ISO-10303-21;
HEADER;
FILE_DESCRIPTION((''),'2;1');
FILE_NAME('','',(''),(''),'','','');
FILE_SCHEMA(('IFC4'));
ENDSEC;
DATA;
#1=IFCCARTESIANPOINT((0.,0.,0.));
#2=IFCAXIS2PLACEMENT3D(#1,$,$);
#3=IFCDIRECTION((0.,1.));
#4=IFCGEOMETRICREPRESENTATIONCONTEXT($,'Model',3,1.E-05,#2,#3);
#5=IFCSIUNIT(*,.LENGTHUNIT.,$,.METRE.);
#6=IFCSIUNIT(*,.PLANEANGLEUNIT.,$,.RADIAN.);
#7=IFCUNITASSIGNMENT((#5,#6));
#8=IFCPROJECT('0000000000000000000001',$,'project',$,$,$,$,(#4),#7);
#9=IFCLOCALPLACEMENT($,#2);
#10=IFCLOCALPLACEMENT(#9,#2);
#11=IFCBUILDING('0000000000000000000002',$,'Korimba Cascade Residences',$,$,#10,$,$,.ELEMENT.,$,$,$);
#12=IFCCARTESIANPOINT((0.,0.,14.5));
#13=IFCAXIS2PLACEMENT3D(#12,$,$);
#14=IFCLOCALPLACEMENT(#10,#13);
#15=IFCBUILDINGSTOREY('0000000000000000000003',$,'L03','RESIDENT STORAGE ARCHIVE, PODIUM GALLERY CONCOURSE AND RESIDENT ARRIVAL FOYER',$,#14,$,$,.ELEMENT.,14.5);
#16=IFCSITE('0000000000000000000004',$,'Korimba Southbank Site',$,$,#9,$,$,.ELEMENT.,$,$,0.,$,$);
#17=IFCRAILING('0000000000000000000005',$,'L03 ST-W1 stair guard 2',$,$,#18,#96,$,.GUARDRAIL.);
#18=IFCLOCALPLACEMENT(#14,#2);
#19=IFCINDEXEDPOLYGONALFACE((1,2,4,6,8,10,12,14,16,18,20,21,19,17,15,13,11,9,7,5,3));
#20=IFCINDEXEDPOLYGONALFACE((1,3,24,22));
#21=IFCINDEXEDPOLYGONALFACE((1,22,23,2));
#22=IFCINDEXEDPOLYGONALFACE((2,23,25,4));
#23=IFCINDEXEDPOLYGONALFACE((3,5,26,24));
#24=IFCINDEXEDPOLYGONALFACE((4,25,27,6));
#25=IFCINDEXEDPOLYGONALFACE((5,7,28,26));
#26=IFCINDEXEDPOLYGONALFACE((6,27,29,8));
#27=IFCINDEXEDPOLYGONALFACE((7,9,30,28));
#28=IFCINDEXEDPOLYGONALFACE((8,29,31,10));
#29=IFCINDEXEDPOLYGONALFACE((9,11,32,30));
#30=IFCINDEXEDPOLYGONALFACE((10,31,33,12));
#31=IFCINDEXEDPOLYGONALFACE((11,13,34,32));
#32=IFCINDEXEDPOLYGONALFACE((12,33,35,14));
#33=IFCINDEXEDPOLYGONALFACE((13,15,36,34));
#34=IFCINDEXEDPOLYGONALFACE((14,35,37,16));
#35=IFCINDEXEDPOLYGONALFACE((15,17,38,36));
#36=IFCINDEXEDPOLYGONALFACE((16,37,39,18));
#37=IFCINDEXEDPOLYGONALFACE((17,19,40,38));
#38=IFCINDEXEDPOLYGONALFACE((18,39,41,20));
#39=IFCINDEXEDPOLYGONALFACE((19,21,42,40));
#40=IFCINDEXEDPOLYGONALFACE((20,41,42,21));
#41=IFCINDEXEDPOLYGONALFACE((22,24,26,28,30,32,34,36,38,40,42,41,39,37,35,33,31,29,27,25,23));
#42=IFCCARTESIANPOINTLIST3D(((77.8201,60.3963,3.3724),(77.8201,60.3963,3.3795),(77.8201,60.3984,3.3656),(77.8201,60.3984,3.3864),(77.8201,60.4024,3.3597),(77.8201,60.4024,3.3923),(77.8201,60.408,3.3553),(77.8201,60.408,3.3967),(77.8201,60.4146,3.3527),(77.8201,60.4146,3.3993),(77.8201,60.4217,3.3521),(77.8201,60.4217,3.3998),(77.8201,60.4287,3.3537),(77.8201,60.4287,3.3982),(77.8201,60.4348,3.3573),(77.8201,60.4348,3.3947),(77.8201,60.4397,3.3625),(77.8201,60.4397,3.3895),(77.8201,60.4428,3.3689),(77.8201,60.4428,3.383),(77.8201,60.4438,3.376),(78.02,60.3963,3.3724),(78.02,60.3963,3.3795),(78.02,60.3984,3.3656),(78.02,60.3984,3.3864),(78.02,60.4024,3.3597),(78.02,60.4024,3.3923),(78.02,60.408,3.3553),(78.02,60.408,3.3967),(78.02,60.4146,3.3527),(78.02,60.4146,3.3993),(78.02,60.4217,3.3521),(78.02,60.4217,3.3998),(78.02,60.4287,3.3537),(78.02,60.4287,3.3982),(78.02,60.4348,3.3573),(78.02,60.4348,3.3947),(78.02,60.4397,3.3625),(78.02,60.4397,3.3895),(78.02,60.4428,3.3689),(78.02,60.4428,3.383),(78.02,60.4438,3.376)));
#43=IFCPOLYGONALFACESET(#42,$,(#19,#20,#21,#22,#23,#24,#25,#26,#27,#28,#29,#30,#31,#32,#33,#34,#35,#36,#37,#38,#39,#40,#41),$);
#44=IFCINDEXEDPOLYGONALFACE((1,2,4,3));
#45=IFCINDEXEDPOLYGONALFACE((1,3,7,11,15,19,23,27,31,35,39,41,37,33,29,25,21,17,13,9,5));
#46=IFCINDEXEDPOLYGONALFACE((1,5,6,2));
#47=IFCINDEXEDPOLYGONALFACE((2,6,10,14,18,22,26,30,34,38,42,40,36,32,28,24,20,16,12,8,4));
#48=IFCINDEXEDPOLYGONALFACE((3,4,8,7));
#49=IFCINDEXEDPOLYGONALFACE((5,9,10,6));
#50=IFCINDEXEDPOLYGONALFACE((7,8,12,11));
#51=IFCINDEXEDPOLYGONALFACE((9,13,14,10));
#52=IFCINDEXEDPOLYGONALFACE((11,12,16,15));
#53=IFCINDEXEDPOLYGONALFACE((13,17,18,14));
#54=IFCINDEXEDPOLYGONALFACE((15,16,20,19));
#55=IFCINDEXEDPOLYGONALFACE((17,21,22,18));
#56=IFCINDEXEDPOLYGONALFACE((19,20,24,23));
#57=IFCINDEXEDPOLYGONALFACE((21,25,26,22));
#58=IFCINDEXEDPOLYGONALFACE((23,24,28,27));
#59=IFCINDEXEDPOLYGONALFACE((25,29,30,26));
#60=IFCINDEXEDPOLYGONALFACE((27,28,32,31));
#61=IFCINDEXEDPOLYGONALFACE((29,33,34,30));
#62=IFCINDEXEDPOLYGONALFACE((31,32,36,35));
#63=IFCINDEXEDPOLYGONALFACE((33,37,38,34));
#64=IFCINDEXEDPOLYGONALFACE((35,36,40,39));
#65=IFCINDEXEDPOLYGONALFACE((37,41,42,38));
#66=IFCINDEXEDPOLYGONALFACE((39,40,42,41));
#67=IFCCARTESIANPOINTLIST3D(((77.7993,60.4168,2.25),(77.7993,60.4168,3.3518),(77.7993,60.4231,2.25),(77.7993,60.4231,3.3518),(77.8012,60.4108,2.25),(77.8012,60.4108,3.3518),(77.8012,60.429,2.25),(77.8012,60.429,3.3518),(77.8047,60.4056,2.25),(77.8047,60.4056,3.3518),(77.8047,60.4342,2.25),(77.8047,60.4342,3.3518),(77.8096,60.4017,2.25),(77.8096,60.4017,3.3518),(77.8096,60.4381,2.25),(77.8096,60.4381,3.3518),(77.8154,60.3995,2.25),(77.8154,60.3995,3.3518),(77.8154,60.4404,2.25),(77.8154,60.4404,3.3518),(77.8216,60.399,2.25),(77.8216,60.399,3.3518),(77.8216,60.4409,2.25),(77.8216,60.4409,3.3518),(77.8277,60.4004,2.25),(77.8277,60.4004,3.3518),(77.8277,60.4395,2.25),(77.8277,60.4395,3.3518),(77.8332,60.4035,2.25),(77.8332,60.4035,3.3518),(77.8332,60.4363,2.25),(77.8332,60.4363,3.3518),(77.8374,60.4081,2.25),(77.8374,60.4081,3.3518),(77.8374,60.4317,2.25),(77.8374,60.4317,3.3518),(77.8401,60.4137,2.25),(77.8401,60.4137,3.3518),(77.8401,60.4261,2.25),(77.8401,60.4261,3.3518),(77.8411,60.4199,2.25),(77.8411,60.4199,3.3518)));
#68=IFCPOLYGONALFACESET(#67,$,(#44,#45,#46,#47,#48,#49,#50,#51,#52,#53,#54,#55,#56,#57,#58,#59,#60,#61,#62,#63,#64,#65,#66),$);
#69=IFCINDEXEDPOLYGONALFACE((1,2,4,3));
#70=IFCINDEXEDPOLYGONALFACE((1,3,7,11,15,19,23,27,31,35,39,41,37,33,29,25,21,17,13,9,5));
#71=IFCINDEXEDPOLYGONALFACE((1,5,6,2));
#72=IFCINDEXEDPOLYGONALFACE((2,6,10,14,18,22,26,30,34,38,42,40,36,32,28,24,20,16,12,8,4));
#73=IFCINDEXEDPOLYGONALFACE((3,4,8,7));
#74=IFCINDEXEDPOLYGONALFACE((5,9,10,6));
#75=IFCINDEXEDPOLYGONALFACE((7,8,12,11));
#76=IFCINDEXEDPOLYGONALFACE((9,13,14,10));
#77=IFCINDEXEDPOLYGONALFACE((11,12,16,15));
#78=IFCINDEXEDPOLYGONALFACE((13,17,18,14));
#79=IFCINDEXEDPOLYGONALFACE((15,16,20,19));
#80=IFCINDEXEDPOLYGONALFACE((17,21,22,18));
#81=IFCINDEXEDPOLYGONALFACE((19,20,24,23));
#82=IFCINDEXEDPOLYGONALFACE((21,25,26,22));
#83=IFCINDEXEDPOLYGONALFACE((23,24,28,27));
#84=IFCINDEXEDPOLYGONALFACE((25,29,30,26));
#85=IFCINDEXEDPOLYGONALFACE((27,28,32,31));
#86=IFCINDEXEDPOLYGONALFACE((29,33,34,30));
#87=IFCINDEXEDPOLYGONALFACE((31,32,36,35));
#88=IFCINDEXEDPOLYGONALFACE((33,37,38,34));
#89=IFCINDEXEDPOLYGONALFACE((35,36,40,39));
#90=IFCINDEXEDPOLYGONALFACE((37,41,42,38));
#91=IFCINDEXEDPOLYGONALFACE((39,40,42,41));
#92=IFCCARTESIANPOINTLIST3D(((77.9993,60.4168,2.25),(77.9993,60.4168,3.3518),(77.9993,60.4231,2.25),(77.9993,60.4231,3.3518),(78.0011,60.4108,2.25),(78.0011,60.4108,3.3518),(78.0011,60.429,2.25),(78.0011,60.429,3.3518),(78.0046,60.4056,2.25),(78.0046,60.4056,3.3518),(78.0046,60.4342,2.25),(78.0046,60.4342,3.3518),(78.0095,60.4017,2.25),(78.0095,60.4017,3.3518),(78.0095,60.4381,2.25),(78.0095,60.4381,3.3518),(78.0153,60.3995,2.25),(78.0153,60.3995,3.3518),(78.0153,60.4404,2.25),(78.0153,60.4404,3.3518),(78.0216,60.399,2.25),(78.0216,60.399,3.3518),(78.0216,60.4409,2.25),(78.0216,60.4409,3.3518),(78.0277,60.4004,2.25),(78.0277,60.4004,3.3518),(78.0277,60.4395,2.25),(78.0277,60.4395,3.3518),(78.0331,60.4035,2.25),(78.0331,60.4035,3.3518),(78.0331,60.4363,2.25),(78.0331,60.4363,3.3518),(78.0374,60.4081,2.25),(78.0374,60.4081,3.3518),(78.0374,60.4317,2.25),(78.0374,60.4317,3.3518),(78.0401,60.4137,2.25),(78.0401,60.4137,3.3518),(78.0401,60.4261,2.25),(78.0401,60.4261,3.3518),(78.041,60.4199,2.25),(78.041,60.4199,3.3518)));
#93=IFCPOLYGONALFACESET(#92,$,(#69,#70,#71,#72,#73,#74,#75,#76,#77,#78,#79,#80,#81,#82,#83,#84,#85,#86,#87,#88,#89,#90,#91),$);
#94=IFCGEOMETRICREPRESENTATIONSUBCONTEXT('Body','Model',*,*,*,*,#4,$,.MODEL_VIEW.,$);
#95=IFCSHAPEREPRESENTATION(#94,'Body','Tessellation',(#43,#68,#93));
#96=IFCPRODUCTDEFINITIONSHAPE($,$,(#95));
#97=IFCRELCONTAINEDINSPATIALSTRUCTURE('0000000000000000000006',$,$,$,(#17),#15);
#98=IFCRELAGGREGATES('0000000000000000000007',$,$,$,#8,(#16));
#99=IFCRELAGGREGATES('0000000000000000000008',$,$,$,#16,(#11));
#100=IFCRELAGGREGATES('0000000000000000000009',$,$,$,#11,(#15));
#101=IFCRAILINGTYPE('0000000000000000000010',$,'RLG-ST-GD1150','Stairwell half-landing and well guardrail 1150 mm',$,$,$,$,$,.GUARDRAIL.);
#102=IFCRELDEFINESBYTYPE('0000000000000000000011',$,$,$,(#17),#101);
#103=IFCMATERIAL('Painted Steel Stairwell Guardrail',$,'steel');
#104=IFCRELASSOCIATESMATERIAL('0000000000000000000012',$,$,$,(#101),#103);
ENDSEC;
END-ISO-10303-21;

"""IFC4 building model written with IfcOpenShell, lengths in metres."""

from ifc_helpers import new_model, si_unit, direction, frame, origin, origin_2d, place, context, subcontext, project, spatial, circle, extrude, material, type_object, element, save


model = new_model("IFC4")

# Units and contexts
model_context = context("Model", 3, precision=1e-05, world=origin(), true_north=direction((0.0, 1.0)))
body_context = subcontext(model_context, "Body", "Model", "MODEL_VIEW")
ifc_project = project(units=[si_unit("LENGTHUNIT", "METRE"), si_unit("PLANEANGLEUNIT", "RADIAN")], contexts=[model_context])

# Site, building, storey
site_placement = place(None, origin())
site = spatial("IfcSite", under=ifc_project, at=site_placement, Name="Korimba Southbank Site", CompositionType="ELEMENT", RefElevation=0.0)
building_placement = place(site_placement, origin())
building = spatial("IfcBuilding", under=site, at=building_placement, Name="Korimba Cascade Residences", CompositionType="ELEMENT")
storey_placement = place(building_placement, frame((0.0, 0.0, 14.5)))
storey = spatial("IfcBuildingStorey", under=building, at=storey_placement, Name="L03", Description="RESIDENT STORAGE ARCHIVE, PODIUM GALLERY CONCOURSE AND RESIDENT ARRIVAL FOYER", CompositionType="ELEMENT", Elevation=14.5)

# Railing
ifc_material_1 = material(Name="Painted Steel Stairwell Guardrail", Category="steel")
railing_type_1 = type_object("IfcRailingType", Name="RLG-ST-GD1150", Description="Stairwell half-landing and well guardrail 1150 mm", PredefinedType="GUARDRAIL", material=ifc_material_1)
railing_1_placement = place(storey_placement, frame((77.8201, 60.4199, 2.25)))
element("IfcRailing", 1, at=railing_1_placement, inside=storey, type_object=railing_type_1, Name="L03 ST-W1 stair guard 2", PredefinedType="GUARDRAIL", context=body_context, shape_type="SweptSolid", body=[
    extrude(circle(Radius=0.0239, at=origin_2d()), frame((0.0, 0.0, 1.126), z_axis=(1.0, 0.0, 0.0), x_axis=(0.0, 1.0, 0.0)), (0.0, 0.0, 1.0), 0.2),
    extrude(circle(Radius=0.021, at=origin_2d()), origin(), (0.0, 0.0, 1.0), 1.1018),
    extrude(circle(Radius=0.021, at=origin_2d()), frame((0.2, 0.0, 0.0)), (0.0, 0.0, 1.0), 1.1018),
])

save(model, "model.ifc")
